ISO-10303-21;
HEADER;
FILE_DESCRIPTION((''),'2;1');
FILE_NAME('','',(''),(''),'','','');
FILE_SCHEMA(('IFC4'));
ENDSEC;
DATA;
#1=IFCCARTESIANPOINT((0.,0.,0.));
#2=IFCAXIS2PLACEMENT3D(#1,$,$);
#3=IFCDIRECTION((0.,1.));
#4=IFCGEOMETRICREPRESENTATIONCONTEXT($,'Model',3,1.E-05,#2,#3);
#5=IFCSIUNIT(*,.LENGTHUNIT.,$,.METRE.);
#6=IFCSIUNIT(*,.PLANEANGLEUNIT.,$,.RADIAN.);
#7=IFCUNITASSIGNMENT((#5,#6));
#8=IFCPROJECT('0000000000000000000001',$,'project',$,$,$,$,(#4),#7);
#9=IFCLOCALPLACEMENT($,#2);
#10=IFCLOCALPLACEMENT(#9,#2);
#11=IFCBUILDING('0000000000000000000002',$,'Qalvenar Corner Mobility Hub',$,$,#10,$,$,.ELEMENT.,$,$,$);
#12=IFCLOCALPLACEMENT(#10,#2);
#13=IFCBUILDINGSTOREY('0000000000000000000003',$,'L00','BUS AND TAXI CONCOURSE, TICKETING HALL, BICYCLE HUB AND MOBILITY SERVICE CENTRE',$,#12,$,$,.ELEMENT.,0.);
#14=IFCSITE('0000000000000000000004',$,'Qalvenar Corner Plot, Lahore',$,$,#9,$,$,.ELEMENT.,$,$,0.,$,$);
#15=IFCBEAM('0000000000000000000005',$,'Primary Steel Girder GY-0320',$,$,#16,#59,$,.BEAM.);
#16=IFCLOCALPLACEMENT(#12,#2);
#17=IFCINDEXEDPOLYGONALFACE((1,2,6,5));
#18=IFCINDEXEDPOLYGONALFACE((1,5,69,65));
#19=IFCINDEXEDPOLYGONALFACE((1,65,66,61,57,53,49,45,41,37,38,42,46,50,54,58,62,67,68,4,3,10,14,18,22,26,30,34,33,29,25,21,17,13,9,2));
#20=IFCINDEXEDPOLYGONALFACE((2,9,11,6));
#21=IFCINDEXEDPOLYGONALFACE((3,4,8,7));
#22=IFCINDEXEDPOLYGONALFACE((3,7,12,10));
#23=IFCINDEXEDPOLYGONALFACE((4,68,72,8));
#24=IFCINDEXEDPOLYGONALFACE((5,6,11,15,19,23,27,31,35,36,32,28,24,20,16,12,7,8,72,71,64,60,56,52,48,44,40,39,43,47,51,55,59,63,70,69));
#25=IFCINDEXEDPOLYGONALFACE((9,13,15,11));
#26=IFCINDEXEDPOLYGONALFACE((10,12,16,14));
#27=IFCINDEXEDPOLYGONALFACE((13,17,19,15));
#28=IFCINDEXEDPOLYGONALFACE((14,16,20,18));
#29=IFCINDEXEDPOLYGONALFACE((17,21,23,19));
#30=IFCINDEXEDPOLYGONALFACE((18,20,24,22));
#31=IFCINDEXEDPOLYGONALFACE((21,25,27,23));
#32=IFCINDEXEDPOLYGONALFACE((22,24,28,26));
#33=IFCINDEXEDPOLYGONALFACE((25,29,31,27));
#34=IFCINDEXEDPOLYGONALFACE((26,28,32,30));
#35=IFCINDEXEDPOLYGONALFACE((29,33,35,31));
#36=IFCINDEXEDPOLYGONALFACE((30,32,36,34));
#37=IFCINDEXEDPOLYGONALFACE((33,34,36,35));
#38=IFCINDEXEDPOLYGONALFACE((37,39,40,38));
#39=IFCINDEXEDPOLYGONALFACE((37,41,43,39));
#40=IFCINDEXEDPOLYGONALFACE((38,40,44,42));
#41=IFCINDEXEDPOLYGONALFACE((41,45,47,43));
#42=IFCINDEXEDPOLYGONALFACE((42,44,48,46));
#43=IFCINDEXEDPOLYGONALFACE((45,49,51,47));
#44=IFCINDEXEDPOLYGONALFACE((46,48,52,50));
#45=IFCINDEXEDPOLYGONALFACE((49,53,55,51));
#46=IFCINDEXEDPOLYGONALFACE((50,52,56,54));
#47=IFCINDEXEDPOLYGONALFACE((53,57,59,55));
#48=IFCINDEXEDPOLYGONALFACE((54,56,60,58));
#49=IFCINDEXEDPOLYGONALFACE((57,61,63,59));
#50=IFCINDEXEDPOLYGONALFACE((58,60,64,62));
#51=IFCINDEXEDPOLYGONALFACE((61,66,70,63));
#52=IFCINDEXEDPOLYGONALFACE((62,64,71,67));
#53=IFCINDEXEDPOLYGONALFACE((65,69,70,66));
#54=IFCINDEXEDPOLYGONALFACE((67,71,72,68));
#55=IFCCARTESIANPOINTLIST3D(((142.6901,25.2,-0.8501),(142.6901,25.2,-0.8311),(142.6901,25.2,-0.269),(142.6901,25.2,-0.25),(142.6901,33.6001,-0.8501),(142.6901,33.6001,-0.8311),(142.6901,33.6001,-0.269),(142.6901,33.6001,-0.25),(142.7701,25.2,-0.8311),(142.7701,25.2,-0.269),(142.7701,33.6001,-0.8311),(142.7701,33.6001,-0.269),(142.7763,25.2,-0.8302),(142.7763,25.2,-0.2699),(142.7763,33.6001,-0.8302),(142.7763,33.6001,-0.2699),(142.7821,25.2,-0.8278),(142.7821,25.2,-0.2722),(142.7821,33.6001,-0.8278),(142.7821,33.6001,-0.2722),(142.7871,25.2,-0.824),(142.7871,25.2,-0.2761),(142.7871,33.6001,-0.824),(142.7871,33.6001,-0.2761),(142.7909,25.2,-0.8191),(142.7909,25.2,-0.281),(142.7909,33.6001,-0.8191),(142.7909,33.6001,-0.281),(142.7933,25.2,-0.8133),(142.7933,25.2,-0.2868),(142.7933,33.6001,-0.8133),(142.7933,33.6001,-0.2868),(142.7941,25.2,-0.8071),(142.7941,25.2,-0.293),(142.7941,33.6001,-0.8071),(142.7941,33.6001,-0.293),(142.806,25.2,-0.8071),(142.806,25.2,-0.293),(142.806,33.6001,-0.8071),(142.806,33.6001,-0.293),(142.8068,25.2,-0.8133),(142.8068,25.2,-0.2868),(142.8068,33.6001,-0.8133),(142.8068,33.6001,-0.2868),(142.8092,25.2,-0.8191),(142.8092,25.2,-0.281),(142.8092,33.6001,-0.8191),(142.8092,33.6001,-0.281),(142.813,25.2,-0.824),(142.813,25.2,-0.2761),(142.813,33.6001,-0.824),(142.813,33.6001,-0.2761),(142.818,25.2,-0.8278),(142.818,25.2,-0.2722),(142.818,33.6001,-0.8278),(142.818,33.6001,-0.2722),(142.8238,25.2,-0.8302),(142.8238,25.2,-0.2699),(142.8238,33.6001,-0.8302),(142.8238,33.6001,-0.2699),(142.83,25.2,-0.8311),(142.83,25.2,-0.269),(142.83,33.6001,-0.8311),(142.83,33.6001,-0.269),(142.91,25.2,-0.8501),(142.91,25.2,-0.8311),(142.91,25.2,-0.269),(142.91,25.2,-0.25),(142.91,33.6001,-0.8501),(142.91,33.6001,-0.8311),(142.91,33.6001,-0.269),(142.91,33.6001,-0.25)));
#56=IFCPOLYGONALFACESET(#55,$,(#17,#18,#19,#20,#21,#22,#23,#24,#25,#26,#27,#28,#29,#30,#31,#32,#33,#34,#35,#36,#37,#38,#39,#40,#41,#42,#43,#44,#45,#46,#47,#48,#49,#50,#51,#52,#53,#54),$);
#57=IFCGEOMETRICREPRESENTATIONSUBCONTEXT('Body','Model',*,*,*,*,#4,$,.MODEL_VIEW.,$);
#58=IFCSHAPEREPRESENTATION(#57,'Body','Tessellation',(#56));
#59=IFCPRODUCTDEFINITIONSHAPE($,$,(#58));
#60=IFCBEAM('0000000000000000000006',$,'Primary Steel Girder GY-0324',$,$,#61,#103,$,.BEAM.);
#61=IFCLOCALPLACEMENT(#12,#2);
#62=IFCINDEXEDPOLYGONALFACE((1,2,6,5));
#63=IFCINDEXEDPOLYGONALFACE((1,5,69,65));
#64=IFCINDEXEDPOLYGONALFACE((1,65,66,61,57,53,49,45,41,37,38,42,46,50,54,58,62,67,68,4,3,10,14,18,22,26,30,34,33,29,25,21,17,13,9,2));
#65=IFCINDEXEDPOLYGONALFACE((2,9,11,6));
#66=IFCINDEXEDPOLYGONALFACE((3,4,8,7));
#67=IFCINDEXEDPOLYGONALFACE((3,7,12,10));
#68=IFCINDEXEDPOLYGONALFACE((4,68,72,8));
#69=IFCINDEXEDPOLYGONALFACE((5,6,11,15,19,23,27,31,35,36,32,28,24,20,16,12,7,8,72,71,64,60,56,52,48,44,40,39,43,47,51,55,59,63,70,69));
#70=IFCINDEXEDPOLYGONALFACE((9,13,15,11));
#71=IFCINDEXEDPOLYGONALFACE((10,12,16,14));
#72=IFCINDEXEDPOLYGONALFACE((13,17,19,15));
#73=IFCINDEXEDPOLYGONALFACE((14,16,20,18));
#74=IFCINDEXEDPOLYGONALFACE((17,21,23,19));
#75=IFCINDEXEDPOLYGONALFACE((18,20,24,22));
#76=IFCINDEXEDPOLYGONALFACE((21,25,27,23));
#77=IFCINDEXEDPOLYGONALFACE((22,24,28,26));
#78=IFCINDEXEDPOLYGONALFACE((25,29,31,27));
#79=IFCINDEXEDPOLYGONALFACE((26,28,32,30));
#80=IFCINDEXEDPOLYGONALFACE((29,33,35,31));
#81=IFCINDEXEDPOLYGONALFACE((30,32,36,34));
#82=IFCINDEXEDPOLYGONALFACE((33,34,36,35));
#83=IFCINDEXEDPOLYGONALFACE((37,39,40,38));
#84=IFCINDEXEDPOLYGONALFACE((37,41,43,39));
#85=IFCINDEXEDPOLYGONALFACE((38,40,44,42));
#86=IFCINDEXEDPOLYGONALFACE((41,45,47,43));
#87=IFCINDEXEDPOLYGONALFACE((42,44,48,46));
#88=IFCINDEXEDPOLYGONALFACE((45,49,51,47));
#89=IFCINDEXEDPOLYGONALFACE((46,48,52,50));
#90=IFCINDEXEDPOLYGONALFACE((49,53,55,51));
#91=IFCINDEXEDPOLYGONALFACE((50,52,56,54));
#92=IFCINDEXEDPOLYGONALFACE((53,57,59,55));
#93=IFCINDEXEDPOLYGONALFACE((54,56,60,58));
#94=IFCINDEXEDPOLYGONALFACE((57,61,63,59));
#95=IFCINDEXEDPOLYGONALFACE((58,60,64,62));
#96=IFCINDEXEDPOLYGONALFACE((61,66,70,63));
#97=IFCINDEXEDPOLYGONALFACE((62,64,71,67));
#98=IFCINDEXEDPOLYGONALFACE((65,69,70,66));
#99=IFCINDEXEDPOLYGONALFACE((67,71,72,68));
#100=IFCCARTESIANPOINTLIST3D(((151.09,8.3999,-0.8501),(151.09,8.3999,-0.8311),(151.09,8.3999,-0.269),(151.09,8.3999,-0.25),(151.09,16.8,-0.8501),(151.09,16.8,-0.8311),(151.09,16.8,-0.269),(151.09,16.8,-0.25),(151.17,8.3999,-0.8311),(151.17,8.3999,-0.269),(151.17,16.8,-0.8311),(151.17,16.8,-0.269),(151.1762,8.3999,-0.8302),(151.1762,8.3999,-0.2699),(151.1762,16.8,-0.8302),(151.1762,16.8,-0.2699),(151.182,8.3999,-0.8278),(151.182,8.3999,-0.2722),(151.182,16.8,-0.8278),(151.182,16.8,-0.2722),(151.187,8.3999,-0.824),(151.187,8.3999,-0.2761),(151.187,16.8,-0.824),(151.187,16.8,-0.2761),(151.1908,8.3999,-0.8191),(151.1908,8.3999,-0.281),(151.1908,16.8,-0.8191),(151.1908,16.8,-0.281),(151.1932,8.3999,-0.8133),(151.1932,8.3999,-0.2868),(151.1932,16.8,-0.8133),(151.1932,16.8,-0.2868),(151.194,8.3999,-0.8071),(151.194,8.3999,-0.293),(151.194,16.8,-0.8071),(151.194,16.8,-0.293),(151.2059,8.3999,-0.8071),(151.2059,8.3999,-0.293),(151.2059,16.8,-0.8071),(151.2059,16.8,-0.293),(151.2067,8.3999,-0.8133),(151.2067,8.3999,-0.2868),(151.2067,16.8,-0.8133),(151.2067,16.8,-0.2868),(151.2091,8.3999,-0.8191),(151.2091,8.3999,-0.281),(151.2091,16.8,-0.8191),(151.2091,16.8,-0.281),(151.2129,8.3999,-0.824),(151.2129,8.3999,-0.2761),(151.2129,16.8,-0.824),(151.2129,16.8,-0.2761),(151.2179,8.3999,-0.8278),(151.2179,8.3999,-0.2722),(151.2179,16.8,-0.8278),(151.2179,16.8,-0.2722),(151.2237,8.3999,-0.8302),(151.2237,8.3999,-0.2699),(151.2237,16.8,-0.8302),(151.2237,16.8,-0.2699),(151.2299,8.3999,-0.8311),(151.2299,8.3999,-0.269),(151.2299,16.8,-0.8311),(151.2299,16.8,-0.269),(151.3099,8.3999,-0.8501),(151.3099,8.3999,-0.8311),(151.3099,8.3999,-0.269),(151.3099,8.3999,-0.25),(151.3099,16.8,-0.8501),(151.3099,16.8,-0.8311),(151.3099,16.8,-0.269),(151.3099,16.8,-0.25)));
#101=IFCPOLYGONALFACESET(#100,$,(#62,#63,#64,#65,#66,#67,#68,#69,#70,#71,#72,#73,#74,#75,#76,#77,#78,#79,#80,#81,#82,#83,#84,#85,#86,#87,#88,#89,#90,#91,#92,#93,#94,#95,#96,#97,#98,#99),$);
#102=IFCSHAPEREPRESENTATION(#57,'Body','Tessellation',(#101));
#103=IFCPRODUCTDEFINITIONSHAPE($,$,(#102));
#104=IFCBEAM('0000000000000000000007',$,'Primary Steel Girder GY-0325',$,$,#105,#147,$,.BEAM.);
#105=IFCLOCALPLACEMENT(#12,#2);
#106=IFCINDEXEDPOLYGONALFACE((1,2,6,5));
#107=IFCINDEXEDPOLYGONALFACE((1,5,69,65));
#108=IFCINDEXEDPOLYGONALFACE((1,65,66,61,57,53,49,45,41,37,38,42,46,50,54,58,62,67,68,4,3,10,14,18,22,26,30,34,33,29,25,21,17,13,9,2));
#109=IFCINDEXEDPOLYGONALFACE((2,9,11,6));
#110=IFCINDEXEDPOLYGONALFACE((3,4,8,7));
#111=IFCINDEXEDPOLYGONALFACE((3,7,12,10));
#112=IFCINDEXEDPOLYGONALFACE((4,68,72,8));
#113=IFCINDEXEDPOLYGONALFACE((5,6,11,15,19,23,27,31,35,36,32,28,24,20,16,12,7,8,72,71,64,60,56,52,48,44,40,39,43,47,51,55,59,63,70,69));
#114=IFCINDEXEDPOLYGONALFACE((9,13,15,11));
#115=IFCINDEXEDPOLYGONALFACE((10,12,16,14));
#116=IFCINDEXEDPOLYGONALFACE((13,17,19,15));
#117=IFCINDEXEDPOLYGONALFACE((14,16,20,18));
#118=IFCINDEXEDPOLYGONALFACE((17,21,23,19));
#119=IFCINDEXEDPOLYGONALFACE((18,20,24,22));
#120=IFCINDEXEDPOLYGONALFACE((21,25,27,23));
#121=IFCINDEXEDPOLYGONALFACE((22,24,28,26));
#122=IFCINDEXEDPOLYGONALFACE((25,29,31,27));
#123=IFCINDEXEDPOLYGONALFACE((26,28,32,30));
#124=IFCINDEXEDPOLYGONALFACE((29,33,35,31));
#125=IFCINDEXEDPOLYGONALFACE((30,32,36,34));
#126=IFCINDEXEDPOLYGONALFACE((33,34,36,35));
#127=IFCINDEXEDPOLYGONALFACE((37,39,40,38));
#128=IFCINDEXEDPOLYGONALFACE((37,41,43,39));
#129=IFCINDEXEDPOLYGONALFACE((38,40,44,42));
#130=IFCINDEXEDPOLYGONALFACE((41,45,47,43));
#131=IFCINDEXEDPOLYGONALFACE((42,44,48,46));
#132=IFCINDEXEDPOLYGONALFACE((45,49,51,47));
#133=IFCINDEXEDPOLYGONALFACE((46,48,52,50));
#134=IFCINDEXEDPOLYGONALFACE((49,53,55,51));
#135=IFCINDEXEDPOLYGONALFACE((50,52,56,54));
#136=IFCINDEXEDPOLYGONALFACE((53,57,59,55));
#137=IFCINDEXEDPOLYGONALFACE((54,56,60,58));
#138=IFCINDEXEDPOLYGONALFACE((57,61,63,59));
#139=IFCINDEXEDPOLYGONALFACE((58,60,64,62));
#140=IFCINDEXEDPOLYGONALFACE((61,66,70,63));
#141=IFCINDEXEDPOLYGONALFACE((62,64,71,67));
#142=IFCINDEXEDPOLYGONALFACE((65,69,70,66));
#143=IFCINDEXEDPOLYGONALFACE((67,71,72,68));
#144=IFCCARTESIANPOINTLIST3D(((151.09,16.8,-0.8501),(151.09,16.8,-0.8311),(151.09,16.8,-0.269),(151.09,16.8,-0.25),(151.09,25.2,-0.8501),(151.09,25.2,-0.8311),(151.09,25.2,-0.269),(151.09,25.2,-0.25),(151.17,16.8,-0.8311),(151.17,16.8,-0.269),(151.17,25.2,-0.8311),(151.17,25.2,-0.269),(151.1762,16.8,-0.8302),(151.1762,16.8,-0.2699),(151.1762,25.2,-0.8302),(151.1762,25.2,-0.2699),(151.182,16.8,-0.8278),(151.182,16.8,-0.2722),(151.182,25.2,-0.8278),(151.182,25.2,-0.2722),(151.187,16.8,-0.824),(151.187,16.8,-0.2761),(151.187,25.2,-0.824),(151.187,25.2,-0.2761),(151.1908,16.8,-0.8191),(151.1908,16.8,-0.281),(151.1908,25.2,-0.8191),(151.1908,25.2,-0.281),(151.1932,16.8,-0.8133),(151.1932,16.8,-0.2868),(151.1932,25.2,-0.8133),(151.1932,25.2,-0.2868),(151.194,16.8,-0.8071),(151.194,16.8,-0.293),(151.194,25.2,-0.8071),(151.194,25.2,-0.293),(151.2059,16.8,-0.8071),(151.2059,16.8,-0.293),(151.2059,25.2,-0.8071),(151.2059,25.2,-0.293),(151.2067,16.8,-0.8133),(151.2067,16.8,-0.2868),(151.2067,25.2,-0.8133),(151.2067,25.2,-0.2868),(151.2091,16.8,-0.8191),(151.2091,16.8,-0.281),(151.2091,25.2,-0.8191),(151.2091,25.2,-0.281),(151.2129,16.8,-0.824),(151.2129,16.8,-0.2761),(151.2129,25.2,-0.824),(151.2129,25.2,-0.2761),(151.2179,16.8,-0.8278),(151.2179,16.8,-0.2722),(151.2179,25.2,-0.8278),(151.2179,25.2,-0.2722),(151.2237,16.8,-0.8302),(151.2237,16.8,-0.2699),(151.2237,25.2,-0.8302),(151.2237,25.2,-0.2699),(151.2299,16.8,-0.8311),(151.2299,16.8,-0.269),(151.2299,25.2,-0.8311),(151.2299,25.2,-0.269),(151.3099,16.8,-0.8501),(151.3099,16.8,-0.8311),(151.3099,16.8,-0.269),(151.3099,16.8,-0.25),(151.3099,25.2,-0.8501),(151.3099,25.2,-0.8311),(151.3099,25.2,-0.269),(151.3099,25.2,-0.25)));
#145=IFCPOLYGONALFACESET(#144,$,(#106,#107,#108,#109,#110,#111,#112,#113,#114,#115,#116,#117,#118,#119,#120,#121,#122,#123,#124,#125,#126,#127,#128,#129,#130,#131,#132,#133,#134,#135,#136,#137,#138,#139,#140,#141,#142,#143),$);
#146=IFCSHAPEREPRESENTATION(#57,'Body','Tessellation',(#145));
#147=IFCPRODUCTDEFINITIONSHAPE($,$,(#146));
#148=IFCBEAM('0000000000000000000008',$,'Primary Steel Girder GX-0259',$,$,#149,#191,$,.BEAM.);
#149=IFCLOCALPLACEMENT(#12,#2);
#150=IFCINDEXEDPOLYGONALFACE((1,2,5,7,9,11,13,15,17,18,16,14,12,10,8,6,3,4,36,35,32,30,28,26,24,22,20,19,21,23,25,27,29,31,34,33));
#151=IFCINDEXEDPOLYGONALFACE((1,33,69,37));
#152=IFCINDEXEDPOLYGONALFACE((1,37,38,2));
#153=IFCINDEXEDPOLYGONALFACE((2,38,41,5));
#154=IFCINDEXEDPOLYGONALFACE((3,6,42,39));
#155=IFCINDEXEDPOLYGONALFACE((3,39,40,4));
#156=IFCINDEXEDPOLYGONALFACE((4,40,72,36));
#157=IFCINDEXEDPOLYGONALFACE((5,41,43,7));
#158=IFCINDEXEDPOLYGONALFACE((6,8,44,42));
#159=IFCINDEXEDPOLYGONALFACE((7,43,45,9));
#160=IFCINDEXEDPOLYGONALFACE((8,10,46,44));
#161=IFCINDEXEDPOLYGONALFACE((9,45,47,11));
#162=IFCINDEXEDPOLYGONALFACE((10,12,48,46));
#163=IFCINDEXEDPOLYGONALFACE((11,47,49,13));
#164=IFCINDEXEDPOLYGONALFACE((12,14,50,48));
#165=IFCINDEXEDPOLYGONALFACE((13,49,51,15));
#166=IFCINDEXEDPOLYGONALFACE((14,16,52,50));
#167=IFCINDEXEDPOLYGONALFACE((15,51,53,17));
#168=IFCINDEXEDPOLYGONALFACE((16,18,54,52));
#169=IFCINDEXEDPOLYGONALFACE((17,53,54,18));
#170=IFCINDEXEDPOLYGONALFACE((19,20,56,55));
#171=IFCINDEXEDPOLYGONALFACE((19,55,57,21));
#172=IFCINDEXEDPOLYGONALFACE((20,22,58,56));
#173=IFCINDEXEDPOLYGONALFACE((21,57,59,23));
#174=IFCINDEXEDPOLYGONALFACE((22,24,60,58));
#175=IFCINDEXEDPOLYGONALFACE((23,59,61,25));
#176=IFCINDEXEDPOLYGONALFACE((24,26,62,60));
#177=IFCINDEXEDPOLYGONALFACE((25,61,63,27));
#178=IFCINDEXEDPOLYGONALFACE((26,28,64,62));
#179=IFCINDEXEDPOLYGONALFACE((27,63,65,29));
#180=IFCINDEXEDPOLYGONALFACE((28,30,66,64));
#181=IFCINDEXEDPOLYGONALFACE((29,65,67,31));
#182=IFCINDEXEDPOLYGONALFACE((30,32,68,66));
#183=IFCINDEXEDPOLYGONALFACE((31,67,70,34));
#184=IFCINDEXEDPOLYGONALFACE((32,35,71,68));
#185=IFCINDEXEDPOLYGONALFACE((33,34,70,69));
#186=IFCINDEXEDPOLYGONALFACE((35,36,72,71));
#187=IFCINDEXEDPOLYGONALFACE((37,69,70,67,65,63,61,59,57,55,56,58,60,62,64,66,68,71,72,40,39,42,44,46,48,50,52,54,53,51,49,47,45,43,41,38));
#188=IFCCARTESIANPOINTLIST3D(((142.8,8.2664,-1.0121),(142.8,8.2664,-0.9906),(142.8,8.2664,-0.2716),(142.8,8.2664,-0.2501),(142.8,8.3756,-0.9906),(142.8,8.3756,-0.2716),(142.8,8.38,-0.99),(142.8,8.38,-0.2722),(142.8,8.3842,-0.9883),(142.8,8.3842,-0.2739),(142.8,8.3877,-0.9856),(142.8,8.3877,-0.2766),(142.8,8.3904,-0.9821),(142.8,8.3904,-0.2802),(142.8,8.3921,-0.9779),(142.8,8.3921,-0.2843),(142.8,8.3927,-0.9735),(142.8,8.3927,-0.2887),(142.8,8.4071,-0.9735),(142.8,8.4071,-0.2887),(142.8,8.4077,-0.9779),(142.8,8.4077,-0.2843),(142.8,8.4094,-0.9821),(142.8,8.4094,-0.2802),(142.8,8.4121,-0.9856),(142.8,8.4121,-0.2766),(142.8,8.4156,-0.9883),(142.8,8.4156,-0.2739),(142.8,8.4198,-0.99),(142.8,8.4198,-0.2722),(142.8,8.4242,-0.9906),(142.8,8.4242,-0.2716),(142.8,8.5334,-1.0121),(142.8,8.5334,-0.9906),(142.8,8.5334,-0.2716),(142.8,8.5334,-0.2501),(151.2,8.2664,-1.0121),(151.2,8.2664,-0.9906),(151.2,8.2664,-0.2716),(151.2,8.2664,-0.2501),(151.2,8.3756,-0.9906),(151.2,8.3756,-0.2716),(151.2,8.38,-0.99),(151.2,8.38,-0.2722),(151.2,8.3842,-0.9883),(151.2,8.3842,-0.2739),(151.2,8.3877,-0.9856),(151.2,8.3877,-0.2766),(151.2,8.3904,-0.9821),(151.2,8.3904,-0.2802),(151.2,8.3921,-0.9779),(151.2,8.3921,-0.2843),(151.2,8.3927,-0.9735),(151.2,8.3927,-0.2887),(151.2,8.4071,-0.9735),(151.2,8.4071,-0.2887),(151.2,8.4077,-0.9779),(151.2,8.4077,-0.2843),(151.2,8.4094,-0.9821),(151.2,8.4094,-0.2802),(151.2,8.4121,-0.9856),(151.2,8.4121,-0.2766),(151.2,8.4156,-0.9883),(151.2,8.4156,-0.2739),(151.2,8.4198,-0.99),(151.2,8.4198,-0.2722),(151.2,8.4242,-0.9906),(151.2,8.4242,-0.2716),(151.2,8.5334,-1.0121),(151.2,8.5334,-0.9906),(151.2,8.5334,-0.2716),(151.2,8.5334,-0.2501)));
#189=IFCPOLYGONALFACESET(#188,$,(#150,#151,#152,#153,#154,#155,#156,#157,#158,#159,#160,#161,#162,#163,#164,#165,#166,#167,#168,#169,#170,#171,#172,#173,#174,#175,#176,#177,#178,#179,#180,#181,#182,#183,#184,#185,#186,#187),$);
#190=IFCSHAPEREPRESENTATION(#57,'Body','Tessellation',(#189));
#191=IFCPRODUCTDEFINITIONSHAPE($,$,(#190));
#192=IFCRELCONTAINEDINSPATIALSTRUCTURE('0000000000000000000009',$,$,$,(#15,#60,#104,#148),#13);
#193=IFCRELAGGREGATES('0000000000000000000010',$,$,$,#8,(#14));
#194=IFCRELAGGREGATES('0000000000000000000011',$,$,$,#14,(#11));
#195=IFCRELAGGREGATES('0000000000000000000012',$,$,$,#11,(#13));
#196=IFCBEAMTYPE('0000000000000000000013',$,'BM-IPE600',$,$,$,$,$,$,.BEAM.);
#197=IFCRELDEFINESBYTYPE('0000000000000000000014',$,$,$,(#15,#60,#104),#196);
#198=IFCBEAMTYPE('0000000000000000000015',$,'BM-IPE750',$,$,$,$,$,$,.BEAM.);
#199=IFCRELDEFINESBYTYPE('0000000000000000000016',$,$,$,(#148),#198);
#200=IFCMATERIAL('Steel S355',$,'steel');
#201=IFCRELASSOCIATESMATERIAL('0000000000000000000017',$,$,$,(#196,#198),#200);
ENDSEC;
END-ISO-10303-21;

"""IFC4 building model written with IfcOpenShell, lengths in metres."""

from ifc_helpers import new_model, si_unit, direction, frame, origin, origin_2d, place, context, subcontext, project, spatial, i_section, extrude, material, material_profile, profile_set, type_object, element, save


model = new_model("IFC4")

# Units and contexts
model_context = context("Model", 3, precision=1e-05, world=origin(), true_north=direction((0.0, 1.0)))
body_context = subcontext(model_context, "Body", "Model", "MODEL_VIEW")
ifc_project = project(units=[si_unit("LENGTHUNIT", "METRE"), si_unit("PLANEANGLEUNIT", "RADIAN")], contexts=[model_context])

# Site, building, storey
site_placement = place(None, origin())
site = spatial("IfcSite", under=ifc_project, at=site_placement, Name="Qalvenar Corner Plot, Lahore", CompositionType="ELEMENT", RefElevation=0.0)
building_placement = place(site_placement, origin())
building = spatial("IfcBuilding", under=site, at=building_placement, Name="Qalvenar Corner Mobility Hub", CompositionType="ELEMENT")
storey_placement = place(building_placement, origin())
storey = spatial("IfcBuildingStorey", under=building, at=storey_placement, Name="L00", Description="BUS AND TAXI CONCOURSE, TICKETING HALL, BICYCLE HUB AND MOBILITY SERVICE CENTRE", CompositionType="ELEMENT", Elevation=0.0)

# Shared definitions
ifc_material = material(Name="Steel S355", Category="steel")

# Beams
ifc_material_profile_1 = material_profile(ifc_material, i_section(OverallWidth=0.22, OverallDepth=0.6001, WebThickness=0.012, FlangeThickness=0.019, FilletRadius=0.0239, at=origin_2d()), Name="IPE600")
ifc_profile_set_1 = profile_set([ifc_material_profile_1], Name="Steel S355")
beam_type_1 = type_object("IfcBeamType", Name="BM-IPE600", PredefinedType="BEAM", material=ifc_profile_set_1)
for number, where, z_axis, x_axis, name in (
    (1, (142.8, 25.2, -0.55), (0.0, 1.0, 0.0), (-1.0, 0.0, 0.0), "Primary Steel Girder GY-0320"),
    (2, (151.2, 8.3999, -0.55), (0.0, 1.0, 0.0), (-1.0, 0.0, 0.0), "Primary Steel Girder GY-0324"),
):
    element("IfcBeam", number, at=place(storey_placement, frame(where, z_axis=z_axis, x_axis=x_axis)), inside=storey, type_object=beam_type_1, Name=name, PredefinedType="BEAM", context=body_context, shape_type="SweptSolid", body=[
        extrude(i_section(OverallWidth=0.22, OverallDepth=0.6001, WebThickness=0.012, FlangeThickness=0.019, FilletRadius=0.0239, at=origin_2d()), origin(), (0.0, 0.0, 1.0), 8.4001),
    ])
beam_1_placement = place(storey_placement, frame((151.2, 16.8, -0.55), z_axis=(0.0, 1.0, 0.0), x_axis=(-1.0, 0.0, 0.0)))
element("IfcBeam", 3, at=beam_1_placement, inside=storey, type_object=beam_type_1, Name="Primary Steel Girder GY-0325", PredefinedType="BEAM", context=body_context, shape_type="SweptSolid", body=[
    extrude(i_section(OverallWidth=0.22, OverallDepth=0.6001, WebThickness=0.012, FlangeThickness=0.019, FilletRadius=0.0239, at=origin_2d()), origin(), (0.0, 0.0, 1.0), 8.3999),
])
ifc_material_profile_2 = material_profile(ifc_material, i_section(OverallWidth=0.2671, OverallDepth=0.762, WebThickness=0.0144, FlangeThickness=0.0215, FilletRadius=0.0171, at=origin_2d()), Name="IPE750x173")
ifc_profile_set_2 = profile_set([ifc_material_profile_2], Name="Steel S355")
beam_type_2 = type_object("IfcBeamType", Name="BM-IPE750", PredefinedType="BEAM", material=ifc_profile_set_2)
beam_2_placement = place(storey_placement, frame((142.8, 8.3999, -0.6311), z_axis=(1.0, 0.0, 0.0), x_axis=(0.0, 1.0, 0.0)))
element("IfcBeam", 4, at=beam_2_placement, inside=storey, type_object=beam_type_2, Name="Primary Steel Girder GX-0259", PredefinedType="BEAM", context=body_context, shape_type="SweptSolid", body=[
    extrude(i_section(OverallWidth=0.2671, OverallDepth=0.762, WebThickness=0.0144, FlangeThickness=0.0215, FilletRadius=0.0171, at=origin_2d()), origin(), (0.0, 0.0, 1.0), 8.3999),
])

save(model, "model.ifc")
